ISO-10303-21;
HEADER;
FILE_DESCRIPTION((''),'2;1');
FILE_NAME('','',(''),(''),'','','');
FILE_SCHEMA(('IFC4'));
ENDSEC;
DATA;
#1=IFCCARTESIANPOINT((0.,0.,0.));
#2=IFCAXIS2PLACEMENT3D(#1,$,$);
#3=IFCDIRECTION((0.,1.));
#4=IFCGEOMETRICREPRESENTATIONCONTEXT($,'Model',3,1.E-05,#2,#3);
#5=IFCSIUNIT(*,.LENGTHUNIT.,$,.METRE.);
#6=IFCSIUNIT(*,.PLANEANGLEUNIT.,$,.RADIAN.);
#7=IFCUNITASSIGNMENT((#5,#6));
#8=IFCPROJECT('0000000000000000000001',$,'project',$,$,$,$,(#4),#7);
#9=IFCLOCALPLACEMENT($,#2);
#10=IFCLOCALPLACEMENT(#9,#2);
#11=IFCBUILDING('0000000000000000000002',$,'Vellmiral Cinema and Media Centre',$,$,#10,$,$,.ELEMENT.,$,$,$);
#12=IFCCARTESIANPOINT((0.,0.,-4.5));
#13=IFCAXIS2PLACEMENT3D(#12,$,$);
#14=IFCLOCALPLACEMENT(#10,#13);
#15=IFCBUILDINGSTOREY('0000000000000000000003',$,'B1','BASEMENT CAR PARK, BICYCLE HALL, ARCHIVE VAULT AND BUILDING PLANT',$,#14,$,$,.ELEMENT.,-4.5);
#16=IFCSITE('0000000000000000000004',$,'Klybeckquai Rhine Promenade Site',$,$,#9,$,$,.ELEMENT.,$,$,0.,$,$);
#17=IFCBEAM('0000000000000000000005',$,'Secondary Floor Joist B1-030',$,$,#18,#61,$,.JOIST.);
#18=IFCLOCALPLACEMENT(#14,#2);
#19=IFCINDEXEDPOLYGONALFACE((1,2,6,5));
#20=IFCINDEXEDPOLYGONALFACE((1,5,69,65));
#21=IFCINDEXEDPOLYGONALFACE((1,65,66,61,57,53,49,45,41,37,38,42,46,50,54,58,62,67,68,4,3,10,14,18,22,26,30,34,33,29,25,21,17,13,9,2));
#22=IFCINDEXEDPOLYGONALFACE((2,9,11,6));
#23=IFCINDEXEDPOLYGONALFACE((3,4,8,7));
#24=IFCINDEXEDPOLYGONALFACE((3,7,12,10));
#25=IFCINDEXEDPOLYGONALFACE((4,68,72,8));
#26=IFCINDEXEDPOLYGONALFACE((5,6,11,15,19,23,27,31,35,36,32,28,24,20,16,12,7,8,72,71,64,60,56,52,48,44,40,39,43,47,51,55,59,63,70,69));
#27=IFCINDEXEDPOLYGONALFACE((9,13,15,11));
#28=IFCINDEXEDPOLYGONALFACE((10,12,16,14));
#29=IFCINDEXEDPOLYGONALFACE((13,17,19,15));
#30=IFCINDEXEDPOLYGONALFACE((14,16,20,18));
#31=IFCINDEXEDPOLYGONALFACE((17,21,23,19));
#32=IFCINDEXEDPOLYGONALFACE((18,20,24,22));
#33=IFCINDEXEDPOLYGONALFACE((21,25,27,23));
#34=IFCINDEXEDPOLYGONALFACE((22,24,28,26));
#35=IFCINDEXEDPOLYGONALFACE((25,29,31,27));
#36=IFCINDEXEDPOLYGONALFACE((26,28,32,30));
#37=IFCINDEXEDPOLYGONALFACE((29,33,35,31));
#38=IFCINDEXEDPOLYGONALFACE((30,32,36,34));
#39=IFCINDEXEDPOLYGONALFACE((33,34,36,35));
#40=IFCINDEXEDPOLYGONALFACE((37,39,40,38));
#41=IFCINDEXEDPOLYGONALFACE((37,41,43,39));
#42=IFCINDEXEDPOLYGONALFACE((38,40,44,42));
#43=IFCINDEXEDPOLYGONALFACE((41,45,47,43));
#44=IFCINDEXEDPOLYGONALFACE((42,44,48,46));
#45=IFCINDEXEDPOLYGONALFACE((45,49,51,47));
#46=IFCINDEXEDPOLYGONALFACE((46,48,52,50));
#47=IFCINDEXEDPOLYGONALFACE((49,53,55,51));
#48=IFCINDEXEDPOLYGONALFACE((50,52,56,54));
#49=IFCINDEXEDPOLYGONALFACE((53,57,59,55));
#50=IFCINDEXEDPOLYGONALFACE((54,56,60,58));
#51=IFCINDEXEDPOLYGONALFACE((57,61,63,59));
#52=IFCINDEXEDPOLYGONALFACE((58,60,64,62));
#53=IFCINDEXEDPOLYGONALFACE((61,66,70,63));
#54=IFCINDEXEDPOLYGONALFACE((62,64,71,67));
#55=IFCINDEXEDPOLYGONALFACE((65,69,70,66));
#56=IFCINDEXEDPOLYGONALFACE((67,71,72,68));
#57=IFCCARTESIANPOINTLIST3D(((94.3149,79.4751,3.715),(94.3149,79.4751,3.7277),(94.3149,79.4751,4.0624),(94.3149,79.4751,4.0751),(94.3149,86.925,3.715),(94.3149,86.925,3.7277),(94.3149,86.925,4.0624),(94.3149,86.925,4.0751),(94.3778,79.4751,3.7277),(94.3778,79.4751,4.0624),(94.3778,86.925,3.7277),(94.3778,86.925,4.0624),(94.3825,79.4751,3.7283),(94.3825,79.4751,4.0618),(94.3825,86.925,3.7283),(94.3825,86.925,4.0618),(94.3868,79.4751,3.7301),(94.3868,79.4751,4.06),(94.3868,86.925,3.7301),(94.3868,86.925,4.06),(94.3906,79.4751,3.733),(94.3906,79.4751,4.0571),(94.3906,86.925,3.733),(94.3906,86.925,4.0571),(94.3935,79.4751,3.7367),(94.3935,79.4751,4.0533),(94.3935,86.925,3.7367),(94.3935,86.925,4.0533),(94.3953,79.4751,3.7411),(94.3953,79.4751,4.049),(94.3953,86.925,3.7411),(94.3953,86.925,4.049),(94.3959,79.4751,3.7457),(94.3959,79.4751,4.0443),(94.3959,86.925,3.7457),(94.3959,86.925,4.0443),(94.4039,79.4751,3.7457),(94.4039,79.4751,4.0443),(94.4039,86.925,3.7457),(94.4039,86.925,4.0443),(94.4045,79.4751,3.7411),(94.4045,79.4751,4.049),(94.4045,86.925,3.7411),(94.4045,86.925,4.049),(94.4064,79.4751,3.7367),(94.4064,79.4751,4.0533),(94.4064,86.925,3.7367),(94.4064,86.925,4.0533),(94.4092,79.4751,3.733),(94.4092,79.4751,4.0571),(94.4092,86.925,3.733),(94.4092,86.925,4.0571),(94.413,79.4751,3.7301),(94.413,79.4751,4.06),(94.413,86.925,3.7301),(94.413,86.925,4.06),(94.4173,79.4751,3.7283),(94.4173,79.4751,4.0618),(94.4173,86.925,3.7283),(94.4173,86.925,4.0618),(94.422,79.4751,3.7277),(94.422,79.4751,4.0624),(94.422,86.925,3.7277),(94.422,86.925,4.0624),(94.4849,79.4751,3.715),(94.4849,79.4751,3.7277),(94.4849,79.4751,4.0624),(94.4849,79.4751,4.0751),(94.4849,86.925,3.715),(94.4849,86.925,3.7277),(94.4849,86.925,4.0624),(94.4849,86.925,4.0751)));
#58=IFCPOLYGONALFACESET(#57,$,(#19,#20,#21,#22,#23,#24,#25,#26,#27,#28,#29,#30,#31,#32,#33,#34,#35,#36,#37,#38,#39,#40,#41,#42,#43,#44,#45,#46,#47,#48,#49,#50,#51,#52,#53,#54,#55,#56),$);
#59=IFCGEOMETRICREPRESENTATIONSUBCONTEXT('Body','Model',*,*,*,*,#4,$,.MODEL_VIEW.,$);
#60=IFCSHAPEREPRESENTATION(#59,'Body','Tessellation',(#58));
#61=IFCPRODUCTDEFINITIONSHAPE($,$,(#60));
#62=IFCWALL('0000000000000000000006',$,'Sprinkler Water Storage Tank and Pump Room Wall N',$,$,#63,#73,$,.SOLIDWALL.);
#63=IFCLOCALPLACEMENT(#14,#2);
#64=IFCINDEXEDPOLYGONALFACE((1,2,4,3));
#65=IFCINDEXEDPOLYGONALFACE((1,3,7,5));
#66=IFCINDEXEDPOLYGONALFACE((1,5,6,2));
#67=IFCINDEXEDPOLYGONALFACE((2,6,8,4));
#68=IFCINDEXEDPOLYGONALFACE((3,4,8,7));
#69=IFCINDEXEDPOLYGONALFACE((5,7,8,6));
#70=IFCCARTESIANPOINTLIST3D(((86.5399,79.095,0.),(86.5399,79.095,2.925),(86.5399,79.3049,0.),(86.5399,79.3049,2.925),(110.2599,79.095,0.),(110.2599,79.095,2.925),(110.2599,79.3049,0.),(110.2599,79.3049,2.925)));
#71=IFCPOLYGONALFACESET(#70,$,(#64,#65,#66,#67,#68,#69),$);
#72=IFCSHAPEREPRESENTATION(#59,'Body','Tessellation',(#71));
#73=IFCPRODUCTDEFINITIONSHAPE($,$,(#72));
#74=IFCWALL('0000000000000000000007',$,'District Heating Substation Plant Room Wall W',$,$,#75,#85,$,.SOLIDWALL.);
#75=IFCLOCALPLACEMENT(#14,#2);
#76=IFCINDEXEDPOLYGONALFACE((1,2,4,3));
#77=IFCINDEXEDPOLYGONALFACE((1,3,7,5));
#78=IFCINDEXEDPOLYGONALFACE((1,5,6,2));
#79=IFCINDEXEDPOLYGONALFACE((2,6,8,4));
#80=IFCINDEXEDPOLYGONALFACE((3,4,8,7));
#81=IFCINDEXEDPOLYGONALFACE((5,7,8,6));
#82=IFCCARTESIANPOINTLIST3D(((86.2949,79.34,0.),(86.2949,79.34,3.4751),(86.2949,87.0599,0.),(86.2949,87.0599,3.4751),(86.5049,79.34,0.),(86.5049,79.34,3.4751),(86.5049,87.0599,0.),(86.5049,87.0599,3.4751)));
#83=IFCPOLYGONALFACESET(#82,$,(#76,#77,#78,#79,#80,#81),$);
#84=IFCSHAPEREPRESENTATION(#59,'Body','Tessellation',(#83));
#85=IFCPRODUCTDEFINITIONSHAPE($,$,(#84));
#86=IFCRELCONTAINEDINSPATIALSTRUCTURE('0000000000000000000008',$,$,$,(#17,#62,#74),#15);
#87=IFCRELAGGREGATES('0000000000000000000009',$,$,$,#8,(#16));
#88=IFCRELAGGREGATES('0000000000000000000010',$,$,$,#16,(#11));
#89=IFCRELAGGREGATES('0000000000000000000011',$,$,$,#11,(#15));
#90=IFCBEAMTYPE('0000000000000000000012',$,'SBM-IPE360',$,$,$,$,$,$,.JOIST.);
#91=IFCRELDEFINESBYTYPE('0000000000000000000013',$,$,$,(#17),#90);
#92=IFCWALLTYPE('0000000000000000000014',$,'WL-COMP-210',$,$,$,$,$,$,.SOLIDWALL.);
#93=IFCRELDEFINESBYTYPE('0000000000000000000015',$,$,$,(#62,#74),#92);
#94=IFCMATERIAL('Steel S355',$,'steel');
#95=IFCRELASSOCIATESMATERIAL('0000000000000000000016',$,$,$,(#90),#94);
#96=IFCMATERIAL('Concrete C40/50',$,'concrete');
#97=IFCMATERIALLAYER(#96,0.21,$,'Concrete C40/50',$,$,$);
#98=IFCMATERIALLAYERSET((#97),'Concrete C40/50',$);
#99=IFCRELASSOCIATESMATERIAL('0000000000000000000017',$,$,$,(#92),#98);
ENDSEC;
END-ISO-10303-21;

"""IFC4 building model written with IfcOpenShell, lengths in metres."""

from ifc_helpers import new_model, si_unit, direction, frame, frame_2d, origin, origin_2d, place, context, subcontext, project, spatial, rectangle, i_section, extrude, material, layer, layer_set, material_profile, profile_set, type_object, element, save


model = new_model("IFC4")

# Units and contexts
model_context = context("Model", 3, precision=1e-05, world=origin(), true_north=direction((0.0, 1.0)))
body_context = subcontext(model_context, "Body", "Model", "MODEL_VIEW")
ifc_project = project(units=[si_unit("LENGTHUNIT", "METRE"), si_unit("PLANEANGLEUNIT", "RADIAN")], contexts=[model_context])

# Site, building, storey
site_placement = place(None, origin())
site = spatial("IfcSite", under=ifc_project, at=site_placement, Name="Klybeckquai Rhine Promenade Site", CompositionType="ELEMENT", RefElevation=0.0)
building_placement = place(site_placement, origin())
building = spatial("IfcBuilding", under=site, at=building_placement, Name="Vellmiral Cinema and Media Centre", CompositionType="ELEMENT")
storey_placement = place(building_placement, frame((0.0, 0.0, -4.5)))
storey = spatial("IfcBuildingStorey", under=building, at=storey_placement, Name="B1", Description="BASEMENT CAR PARK, BICYCLE HALL, ARCHIVE VAULT AND BUILDING PLANT", CompositionType="ELEMENT", Elevation=-4.5)

# Beam
ifc_material_1 = material(Name="Steel S355", Category="steel")
ifc_material_profile_1 = material_profile(ifc_material_1, i_section(OverallWidth=0.1699, OverallDepth=0.3601, WebThickness=0.0081, FlangeThickness=0.0127, FilletRadius=0.0181, at=origin_2d()), Name="IPE 360")
ifc_profile_set_1 = profile_set([ifc_material_profile_1], Name="Steel S355")
beam_type_1 = type_object("IfcBeamType", Name="SBM-IPE360", PredefinedType="JOIST", material=ifc_profile_set_1)
beam_1_placement = place(storey_placement, frame((94.3999, 79.4751, 3.895), z_axis=(0.0, 1.0, 0.0), x_axis=(-1.0, 0.0, 0.0)))
element("IfcBeam", 1, at=beam_1_placement, inside=storey, type_object=beam_type_1, Name="Secondary Floor Joist B1-030", PredefinedType="JOIST", context=body_context, shape_type="SweptSolid", body=[
    extrude(i_section(OverallWidth=0.1699, OverallDepth=0.3601, WebThickness=0.0081, FlangeThickness=0.0127, FilletRadius=0.0181, at=origin_2d()), origin(), (0.0, 0.0, 1.0), 7.45),
])

# Walls
ifc_material_2 = material(Name="Concrete C40/50", Category="concrete")
ifc_layer = layer(ifc_material_2, 0.21, Name="Concrete C40/50")
ifc_layer_set = layer_set([ifc_layer], Name="Concrete C40/50")
wall_type = type_object("IfcWallType", Name="WL-COMP-210", PredefinedType="SOLIDWALL", material=ifc_layer_set)
wall_1_placement = place(storey_placement, frame((86.54, 79.2, 0.0), z_axis=(0.0, 0.0, 1.0), x_axis=(1.0, 0.0, 0.0)))
element("IfcWall", 2, at=wall_1_placement, inside=storey, type_object=wall_type, Name="Sprinkler Water Storage Tank and Pump Room Wall N", PredefinedType="SOLIDWALL", context=body_context, shape_type="SweptSolid", body=[
    extrude(rectangle(XDim=23.72, YDim=0.21, at=frame_2d((11.8599, 0.0))), origin(), (0.0, 0.0, 1.0), 2.925),
])
wall_2_placement = place(storey_placement, frame((86.3999, 79.3401, 0.0), z_axis=(0.0, 0.0, 1.0), x_axis=(0.0, 1.0, 0.0)))
element("IfcWall", 3, at=wall_2_placement, inside=storey, type_object=wall_type, Name="District Heating Substation Plant Room Wall W", PredefinedType="SOLIDWALL", context=body_context, shape_type="SweptSolid", body=[
    extrude(rectangle(XDim=7.72, YDim=0.21, at=frame_2d((3.8599, 0.0))), origin(), (0.0, 0.0, 1.0), 3.4751),
])

save(model, "model.ifc")
